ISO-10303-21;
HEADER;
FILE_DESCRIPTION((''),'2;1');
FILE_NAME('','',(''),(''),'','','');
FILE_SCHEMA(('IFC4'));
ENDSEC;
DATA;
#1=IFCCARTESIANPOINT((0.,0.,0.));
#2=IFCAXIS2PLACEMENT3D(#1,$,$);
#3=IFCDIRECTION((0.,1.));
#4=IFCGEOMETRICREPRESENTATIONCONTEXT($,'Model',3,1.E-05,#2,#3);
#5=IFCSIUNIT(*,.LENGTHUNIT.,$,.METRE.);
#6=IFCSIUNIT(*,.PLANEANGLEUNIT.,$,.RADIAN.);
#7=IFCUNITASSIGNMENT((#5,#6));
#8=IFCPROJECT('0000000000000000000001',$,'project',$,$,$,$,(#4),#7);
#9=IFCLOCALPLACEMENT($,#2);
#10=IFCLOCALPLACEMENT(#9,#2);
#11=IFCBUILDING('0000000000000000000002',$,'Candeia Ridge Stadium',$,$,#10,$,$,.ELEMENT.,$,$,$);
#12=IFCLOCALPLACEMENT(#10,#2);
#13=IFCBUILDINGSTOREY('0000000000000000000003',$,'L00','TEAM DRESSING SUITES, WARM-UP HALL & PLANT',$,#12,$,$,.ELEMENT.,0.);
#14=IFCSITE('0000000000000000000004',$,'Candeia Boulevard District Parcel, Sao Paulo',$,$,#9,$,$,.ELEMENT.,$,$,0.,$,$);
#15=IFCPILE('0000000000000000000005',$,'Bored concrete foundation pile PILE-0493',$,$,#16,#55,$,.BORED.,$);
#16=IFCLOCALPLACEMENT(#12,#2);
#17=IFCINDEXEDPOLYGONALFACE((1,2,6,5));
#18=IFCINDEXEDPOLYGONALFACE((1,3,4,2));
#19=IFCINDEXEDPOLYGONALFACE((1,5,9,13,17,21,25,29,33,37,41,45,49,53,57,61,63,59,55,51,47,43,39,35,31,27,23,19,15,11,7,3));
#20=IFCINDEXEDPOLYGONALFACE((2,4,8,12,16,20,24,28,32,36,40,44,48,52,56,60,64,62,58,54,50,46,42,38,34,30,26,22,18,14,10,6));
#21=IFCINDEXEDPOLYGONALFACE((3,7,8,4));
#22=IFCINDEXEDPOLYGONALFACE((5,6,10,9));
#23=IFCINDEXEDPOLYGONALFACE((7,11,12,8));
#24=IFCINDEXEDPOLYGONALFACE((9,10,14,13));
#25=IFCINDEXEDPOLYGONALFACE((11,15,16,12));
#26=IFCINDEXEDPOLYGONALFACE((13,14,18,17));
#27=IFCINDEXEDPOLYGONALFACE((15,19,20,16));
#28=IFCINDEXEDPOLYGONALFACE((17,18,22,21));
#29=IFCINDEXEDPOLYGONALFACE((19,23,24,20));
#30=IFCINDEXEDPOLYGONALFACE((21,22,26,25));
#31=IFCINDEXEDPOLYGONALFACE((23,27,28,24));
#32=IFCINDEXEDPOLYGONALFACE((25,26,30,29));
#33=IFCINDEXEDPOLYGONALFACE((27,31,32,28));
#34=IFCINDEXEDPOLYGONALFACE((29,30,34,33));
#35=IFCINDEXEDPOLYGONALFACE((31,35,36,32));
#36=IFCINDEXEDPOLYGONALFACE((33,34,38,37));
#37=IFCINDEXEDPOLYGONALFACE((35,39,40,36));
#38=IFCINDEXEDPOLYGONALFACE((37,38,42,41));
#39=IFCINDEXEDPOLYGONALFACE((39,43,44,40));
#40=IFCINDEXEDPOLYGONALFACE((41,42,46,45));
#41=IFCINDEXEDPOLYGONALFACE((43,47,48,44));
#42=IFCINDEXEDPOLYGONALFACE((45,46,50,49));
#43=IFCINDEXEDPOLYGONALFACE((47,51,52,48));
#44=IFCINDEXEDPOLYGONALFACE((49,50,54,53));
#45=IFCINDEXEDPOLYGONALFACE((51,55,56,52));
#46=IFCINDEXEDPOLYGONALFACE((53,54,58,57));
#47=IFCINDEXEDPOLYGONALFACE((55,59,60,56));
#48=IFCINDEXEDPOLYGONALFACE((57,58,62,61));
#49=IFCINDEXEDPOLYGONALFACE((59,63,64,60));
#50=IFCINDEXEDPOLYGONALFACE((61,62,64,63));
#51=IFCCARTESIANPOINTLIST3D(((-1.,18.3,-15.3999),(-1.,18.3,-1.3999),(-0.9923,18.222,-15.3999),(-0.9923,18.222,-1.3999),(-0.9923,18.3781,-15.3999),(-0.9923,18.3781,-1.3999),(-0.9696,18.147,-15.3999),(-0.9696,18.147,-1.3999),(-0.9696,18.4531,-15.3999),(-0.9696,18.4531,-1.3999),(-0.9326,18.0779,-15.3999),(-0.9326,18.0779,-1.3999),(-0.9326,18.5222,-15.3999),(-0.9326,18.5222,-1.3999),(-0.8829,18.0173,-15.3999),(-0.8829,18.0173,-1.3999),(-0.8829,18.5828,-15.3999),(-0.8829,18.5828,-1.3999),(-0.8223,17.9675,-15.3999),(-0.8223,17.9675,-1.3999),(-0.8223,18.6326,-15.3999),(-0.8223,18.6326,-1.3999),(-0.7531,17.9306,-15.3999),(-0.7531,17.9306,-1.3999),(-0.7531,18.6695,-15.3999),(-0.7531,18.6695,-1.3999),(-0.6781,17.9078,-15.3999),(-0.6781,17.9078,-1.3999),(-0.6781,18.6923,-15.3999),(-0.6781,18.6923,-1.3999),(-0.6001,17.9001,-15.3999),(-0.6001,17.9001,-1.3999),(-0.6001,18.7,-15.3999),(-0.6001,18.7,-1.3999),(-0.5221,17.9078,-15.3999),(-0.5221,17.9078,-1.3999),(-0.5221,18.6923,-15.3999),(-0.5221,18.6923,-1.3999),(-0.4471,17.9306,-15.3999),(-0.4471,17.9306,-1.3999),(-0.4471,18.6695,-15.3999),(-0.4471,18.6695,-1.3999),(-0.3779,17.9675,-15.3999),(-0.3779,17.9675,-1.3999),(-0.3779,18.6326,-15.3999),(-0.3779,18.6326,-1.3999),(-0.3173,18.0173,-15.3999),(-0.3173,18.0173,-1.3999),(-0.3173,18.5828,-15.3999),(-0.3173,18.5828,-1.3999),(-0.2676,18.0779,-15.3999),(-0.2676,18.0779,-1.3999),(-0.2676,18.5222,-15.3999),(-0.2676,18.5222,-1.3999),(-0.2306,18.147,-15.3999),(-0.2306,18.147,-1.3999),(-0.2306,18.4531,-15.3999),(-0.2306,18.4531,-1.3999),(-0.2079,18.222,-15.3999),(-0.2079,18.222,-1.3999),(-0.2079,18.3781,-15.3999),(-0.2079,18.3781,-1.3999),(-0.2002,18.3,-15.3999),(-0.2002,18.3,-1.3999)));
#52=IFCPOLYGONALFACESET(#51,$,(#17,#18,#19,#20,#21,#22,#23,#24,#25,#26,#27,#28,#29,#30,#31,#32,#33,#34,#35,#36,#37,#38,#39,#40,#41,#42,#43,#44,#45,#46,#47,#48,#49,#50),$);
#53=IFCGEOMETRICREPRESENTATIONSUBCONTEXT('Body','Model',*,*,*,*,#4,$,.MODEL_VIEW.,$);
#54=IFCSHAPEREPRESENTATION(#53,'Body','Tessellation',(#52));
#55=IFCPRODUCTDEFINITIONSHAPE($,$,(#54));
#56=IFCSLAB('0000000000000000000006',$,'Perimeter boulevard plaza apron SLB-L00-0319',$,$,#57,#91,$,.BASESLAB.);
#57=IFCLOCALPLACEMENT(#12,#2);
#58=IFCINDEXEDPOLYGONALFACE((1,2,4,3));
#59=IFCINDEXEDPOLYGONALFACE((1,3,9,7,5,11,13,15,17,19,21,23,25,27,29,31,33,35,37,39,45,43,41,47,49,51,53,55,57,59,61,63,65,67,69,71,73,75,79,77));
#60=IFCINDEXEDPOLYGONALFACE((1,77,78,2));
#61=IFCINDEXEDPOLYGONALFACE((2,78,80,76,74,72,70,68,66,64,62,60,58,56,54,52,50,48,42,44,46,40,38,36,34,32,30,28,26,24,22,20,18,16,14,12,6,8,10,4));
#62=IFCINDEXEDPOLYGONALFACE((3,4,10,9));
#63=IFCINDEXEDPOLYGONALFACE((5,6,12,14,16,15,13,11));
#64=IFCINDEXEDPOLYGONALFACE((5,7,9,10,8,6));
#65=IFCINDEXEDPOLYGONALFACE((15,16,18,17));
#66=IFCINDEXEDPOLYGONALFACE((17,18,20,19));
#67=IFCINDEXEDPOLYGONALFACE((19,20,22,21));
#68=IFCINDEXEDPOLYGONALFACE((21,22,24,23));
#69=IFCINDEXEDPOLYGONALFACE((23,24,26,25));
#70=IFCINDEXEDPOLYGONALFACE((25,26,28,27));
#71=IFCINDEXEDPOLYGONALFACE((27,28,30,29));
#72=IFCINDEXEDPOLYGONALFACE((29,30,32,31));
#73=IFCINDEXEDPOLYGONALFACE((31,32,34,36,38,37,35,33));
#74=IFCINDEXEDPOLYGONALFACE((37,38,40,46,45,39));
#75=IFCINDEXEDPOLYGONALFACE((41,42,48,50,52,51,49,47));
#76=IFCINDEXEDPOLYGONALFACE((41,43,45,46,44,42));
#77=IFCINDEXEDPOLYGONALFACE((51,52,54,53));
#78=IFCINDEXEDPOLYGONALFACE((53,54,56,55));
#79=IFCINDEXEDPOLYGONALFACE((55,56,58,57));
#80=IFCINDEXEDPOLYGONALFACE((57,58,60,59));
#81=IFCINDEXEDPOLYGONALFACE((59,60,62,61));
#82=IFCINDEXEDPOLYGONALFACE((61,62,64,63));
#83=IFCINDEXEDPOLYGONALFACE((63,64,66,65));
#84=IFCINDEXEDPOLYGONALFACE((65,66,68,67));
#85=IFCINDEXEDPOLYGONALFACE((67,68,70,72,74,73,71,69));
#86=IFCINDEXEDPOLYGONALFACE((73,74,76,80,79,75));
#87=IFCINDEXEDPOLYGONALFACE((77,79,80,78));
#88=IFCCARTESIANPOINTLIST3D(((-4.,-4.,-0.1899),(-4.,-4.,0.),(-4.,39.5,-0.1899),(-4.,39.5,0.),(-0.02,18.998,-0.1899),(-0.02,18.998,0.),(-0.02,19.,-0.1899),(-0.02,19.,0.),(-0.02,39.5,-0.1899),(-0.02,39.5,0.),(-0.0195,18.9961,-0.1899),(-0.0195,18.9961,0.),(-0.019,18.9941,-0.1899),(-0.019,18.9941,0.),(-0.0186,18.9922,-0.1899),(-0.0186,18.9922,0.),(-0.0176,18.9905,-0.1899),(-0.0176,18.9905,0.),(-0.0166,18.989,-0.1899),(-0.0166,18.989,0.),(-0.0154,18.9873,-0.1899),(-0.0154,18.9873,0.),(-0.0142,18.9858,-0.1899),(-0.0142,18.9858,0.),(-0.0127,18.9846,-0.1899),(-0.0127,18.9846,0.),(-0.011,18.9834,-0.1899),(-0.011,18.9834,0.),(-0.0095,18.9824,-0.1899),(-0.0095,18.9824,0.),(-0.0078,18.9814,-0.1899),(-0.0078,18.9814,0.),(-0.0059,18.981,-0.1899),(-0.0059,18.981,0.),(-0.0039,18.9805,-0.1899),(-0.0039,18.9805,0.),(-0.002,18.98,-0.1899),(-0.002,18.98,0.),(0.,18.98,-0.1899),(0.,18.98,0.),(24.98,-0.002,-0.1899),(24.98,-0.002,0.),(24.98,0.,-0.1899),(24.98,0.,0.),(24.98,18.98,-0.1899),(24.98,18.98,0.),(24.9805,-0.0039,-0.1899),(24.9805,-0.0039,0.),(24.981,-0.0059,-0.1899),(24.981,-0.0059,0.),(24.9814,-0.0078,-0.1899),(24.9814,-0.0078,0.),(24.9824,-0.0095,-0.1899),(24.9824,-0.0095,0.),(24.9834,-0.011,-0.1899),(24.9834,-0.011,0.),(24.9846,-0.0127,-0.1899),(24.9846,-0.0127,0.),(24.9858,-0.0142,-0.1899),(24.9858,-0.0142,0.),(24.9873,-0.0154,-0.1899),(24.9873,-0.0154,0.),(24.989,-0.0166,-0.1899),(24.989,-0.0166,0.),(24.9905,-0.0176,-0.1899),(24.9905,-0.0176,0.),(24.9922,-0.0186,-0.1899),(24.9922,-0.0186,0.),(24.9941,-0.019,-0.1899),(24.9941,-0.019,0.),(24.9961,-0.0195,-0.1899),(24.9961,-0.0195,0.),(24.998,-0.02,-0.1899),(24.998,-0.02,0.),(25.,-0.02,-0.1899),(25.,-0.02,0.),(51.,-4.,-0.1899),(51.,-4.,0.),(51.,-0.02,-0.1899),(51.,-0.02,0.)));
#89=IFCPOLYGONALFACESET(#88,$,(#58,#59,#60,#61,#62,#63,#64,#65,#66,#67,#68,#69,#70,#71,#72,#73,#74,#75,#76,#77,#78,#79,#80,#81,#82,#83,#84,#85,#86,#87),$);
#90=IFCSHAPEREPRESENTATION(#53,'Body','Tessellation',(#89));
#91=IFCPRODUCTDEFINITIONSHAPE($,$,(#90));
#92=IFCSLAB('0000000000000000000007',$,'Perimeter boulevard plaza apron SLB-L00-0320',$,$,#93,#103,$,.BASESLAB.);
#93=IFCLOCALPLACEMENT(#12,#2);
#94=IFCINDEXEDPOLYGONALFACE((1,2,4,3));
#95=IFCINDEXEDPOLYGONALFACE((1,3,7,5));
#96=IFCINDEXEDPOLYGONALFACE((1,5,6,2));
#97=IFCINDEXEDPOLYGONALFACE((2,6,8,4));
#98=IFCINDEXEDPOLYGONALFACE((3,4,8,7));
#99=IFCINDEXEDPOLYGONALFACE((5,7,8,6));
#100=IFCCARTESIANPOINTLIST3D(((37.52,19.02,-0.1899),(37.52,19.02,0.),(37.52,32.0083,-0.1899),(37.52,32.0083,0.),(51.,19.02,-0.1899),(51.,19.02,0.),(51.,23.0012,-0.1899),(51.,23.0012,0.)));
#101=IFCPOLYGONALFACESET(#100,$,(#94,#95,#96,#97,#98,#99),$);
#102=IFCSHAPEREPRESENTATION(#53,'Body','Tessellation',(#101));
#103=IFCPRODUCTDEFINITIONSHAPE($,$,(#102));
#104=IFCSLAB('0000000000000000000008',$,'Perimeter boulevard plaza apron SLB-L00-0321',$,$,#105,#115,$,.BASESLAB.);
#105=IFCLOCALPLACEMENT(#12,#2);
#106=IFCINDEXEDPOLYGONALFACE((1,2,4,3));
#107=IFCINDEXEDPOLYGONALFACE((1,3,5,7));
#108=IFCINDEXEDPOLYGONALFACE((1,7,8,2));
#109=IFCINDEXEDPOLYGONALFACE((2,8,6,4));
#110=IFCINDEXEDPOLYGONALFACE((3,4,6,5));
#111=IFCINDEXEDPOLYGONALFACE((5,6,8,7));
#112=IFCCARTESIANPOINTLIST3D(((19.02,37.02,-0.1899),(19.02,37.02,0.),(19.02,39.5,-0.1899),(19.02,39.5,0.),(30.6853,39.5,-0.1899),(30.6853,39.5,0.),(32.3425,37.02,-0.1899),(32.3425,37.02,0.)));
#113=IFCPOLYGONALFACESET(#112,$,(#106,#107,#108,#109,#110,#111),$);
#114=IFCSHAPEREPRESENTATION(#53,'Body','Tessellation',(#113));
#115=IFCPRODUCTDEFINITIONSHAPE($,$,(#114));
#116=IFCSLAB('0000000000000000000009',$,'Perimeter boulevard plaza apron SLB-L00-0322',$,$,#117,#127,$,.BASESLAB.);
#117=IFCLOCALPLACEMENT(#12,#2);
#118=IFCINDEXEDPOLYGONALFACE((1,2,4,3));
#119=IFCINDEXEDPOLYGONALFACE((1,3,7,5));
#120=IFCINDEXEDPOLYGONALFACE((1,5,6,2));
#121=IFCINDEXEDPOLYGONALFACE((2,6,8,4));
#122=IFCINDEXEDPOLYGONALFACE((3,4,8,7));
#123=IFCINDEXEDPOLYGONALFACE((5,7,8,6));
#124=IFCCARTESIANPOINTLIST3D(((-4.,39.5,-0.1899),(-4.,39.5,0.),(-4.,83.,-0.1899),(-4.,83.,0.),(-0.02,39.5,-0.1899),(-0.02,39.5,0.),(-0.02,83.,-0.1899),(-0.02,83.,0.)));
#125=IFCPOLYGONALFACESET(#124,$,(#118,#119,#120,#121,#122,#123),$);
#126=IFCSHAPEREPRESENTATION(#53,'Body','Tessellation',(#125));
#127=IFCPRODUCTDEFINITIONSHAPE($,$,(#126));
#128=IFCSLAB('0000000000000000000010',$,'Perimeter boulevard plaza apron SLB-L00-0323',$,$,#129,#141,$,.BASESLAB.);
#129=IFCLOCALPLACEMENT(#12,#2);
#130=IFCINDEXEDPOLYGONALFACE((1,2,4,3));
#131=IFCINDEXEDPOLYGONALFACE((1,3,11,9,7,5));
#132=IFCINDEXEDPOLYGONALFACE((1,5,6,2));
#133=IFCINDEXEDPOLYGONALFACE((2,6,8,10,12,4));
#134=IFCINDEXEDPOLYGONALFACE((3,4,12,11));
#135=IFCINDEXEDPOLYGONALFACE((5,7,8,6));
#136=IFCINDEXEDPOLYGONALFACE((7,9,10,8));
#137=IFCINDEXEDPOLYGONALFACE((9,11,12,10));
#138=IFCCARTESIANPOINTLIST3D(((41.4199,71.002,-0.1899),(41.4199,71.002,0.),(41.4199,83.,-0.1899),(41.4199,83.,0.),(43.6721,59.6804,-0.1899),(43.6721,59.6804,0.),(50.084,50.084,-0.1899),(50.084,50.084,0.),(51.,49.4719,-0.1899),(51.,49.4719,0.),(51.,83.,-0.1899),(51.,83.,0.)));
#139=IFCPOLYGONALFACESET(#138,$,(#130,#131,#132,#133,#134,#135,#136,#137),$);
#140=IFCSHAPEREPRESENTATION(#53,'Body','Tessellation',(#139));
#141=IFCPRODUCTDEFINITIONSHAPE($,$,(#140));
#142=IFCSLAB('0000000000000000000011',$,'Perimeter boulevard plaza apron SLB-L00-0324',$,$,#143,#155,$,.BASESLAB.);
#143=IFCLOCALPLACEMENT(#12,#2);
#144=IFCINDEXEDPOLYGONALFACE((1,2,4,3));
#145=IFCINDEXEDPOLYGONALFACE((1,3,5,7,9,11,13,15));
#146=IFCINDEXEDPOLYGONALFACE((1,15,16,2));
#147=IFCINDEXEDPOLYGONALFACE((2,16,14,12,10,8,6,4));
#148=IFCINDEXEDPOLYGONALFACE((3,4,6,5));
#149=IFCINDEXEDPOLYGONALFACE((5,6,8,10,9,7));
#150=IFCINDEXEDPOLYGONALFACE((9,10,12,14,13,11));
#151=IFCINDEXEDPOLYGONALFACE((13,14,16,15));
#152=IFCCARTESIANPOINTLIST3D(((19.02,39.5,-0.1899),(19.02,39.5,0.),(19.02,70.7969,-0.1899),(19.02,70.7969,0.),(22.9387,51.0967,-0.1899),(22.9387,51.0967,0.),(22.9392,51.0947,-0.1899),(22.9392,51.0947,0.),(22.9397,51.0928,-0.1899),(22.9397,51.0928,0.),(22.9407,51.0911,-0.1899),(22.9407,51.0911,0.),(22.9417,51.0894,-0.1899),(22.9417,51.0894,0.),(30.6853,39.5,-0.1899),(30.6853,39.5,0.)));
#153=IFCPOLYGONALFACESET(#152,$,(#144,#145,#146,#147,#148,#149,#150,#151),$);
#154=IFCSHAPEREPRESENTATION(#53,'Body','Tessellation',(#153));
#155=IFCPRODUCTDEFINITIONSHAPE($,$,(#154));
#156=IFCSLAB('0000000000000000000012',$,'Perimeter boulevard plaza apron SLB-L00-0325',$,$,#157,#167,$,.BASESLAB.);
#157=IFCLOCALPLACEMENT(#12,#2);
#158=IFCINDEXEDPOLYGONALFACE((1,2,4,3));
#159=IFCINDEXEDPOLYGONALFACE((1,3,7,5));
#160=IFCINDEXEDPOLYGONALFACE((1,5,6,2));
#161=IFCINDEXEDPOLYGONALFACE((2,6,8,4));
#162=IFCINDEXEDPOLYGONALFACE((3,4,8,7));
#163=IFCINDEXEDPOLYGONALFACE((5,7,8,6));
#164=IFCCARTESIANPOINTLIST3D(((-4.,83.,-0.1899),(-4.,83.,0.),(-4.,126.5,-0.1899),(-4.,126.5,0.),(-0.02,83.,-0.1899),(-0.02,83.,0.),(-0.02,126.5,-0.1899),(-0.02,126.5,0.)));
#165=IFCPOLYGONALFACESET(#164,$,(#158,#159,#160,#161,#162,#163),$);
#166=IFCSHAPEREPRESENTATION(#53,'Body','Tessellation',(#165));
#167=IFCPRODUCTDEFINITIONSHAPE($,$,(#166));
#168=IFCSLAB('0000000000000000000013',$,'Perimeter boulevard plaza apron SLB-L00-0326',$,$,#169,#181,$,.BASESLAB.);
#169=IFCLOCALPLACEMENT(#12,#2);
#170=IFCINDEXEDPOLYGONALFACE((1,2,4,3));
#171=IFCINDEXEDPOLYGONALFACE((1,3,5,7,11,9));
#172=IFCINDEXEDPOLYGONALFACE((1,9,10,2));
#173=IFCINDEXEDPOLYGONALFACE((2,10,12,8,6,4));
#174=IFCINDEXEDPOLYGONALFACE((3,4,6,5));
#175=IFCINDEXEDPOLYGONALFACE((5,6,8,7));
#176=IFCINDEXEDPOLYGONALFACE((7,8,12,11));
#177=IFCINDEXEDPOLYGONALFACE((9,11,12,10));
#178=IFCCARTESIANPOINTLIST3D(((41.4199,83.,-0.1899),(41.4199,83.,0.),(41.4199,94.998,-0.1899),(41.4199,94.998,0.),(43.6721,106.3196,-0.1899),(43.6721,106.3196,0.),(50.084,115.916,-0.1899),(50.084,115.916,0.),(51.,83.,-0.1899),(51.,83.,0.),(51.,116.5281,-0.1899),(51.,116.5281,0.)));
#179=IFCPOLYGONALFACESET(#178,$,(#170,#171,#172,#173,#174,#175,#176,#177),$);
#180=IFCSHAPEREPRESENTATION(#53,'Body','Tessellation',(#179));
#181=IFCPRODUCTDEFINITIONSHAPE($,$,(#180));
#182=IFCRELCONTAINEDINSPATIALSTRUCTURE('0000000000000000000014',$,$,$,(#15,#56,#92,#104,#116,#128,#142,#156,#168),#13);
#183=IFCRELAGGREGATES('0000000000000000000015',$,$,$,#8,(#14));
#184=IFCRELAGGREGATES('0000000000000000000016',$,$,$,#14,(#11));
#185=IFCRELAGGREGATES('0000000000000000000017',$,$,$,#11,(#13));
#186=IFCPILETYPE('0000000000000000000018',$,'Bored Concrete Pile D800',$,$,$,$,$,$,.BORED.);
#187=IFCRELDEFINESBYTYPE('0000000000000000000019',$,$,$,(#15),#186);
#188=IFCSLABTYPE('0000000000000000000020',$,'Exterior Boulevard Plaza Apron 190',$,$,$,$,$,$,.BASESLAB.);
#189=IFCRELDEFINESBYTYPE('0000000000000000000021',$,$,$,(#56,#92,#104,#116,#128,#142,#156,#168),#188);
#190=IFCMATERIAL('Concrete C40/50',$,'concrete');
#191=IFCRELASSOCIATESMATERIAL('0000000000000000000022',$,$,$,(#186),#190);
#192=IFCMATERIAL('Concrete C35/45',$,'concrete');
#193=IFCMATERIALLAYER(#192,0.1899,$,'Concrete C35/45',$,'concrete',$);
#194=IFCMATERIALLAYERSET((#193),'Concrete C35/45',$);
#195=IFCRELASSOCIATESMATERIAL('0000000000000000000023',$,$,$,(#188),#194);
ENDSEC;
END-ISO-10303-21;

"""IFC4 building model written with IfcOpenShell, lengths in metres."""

from ifc_helpers import new_model, si_unit, direction, frame, origin, origin_2d, place, context, subcontext, project, spatial, polyline, circle, outline, extrude, material, layer, layer_set, material_profile, profile_set, type_object, element, save


model = new_model("IFC4")

# Units and contexts
model_context = context("Model", 3, precision=1e-05, world=origin(), true_north=direction((0.0, 1.0)))
body_context = subcontext(model_context, "Body", "Model", "MODEL_VIEW")
ifc_project = project(units=[si_unit("LENGTHUNIT", "METRE"), si_unit("PLANEANGLEUNIT", "RADIAN")], contexts=[model_context])

# Site, building, storey
site_placement = place(None, origin())
site = spatial("IfcSite", under=ifc_project, at=site_placement, Name="Candeia Boulevard District Parcel, Sao Paulo", CompositionType="ELEMENT", RefElevation=0.0)
building_placement = place(site_placement, origin())
building = spatial("IfcBuilding", under=site, at=building_placement, Name="Candeia Ridge Stadium", CompositionType="ELEMENT")
storey_placement = place(building_placement, origin())
storey = spatial("IfcBuildingStorey", under=building, at=storey_placement, Name="L00", Description="TEAM DRESSING SUITES, WARM-UP HALL & PLANT", CompositionType="ELEMENT", Elevation=0.0)

# Pile
ifc_material_1 = material(Name="Concrete C40/50", Category="concrete")
ifc_material_profile = material_profile(ifc_material_1, circle(Radius=0.3999, at=origin_2d()), Name="PILE-D800", Category="concrete")
ifc_profile_set = profile_set([ifc_material_profile], Name="Concrete C40/50")
pile_type = type_object("IfcPileType", Name="Bored Concrete Pile D800", PredefinedType="BORED", material=ifc_profile_set)
pile_placement = place(storey_placement, frame((-0.6001, 18.3, -1.3999), z_axis=(0.0, 0.0, -1.0), x_axis=(1.0, 0.0, 0.0)))
element("IfcPile", 1, at=pile_placement, inside=storey, type_object=pile_type, Name="Bored concrete foundation pile PILE-0493", PredefinedType="BORED", context=body_context, shape_type="SweptSolid", body=[
    extrude(circle(Radius=0.3999, at=origin_2d()), origin(), (0.0, 0.0, 1.0), 14.0),
])

# Slabs
ifc_material_2 = material(Name="Concrete C35/45", Category="concrete")
ifc_layer_1 = layer(ifc_material_2, 0.1899, Name="Concrete C35/45", Category="concrete")
ifc_layer_set_1 = layer_set([ifc_layer_1], Name="Concrete C35/45")
slab_type_1 = type_object("IfcSlabType", Name="Exterior Boulevard Plaza Apron 190", PredefinedType="BASESLAB", material=ifc_layer_set_1)
slab_1_placement = place(storey_placement, frame((0.0, 0.0, -0.1899)))
element("IfcSlab", 2, at=slab_1_placement, inside=storey, type_object=slab_type_1, Name="Perimeter boulevard plaza apron SLB-L00-0319", PredefinedType="BASESLAB", context=body_context, shape_type="SweptSolid", body=[
    extrude(outline(polyline([(-4.0, 39.5), (-0.02, 39.5), (-0.02, 19.0), (-0.02, 18.998), (-0.0195, 18.9961), (-0.019, 18.9941), (-0.0186, 18.9922), (-0.0176, 18.9905), (-0.0166, 18.989), (-0.0154, 18.9873), (-0.0142, 18.9858), (-0.0127, 18.9846), (-0.011, 18.9834), (-0.0095, 18.9824), (-0.0078, 18.9814), (-0.0059, 18.981), (-0.0039, 18.9805), (-0.002, 18.98), (0.0, 18.98), (24.98, 18.98), (24.98, 0.0), (24.98, -0.002), (24.9805, -0.0039), (24.981, -0.0059), (24.9814, -0.0078), (24.9824, -0.0095), (24.9834, -0.011), (24.9846, -0.0127), (24.9858, -0.0142), (24.9873, -0.0154), (24.989, -0.0166), (24.9905, -0.0176), (24.9922, -0.0186), (24.9941, -0.019), (24.9961, -0.0195), (24.998, -0.02), (25.0, -0.02), (51.0, -0.02), (51.0, -4.0), (-4.0, -4.0), (-4.0, 39.5)])), origin(), (0.0, 0.0, 1.0), 0.1899),
])
slab_2_placement = place(storey_placement, frame((0.0, 0.0, -0.1899)))
element("IfcSlab", 3, at=slab_2_placement, inside=storey, type_object=slab_type_1, Name="Perimeter boulevard plaza apron SLB-L00-0320", PredefinedType="BASESLAB", context=body_context, shape_type="SweptSolid", body=[
    extrude(outline(polyline([(37.52, 19.02), (37.52, 32.0083), (51.0, 23.0012), (51.0, 19.02), (37.52, 19.02)])), origin(), (0.0, 0.0, 1.0), 0.1899),
])
slab_3_placement = place(storey_placement, frame((0.0, 0.0, -0.1899)))
element("IfcSlab", 4, at=slab_3_placement, inside=storey, type_object=slab_type_1, Name="Perimeter boulevard plaza apron SLB-L00-0321", PredefinedType="BASESLAB", context=body_context, shape_type="SweptSolid", body=[
    extrude(outline(polyline([(32.3425, 37.02), (19.02, 37.02), (19.02, 39.5), (30.6853, 39.5), (32.3425, 37.02)])), origin(), (0.0, 0.0, 1.0), 0.1899),
])
slab_4_placement = place(storey_placement, frame((0.0, 0.0, -0.1899)))
element("IfcSlab", 5, at=slab_4_placement, inside=storey, type_object=slab_type_1, Name="Perimeter boulevard plaza apron SLB-L00-0322", PredefinedType="BASESLAB", context=body_context, shape_type="SweptSolid", body=[
    extrude(outline(polyline([(-4.0, 83.0), (-0.02, 83.0), (-0.02, 39.5), (-4.0, 39.5), (-4.0, 83.0)])), origin(), (0.0, 0.0, 1.0), 0.1899),
])
slab_5_placement = place(storey_placement, frame((0.0, 0.0, -0.1899)))
element("IfcSlab", 6, at=slab_5_placement, inside=storey, type_object=slab_type_1, Name="Perimeter boulevard plaza apron SLB-L00-0323", PredefinedType="BASESLAB", context=body_context, shape_type="SweptSolid", body=[
    extrude(outline(polyline([(50.084, 50.084), (43.6721, 59.6804), (41.4199, 71.002), (41.4199, 83.0), (51.0, 83.0), (51.0, 49.4719), (50.084, 50.084)])), origin(), (0.0, 0.0, 1.0), 0.1899),
])
slab_6_placement = place(storey_placement, frame((0.0, 0.0, -0.1899)))
element("IfcSlab", 7, at=slab_6_placement, inside=storey, type_object=slab_type_1, Name="Perimeter boulevard plaza apron SLB-L00-0324", PredefinedType="BASESLAB", context=body_context, shape_type="SweptSolid", body=[
    extrude(outline(polyline([(22.9392, 51.0947), (22.9397, 51.0928), (22.9407, 51.0911), (22.9417, 51.0894), (30.6853, 39.5), (19.02, 39.5), (19.02, 70.7969), (22.9387, 51.0967), (22.9392, 51.0947)])), origin(), (0.0, 0.0, 1.0), 0.1899),
])
slab_7_placement = place(storey_placement, frame((0.0, 0.0, -0.1899)))
element("IfcSlab", 8, at=slab_7_placement, inside=storey, type_object=slab_type_1, Name="Perimeter boulevard plaza apron SLB-L00-0325", PredefinedType="BASESLAB", context=body_context, shape_type="SweptSolid", body=[
    extrude(outline(polyline([(-4.0, 126.5), (-0.02, 126.5), (-0.02, 83.0), (-4.0, 83.0), (-4.0, 126.5)])), origin(), (0.0, 0.0, 1.0), 0.1899),
])
slab_8_placement = place(storey_placement, frame((0.0, 0.0, -0.1899)))
element("IfcSlab", 9, at=slab_8_placement, inside=storey, type_object=slab_type_1, Name="Perimeter boulevard plaza apron SLB-L00-0326", PredefinedType="BASESLAB", context=body_context, shape_type="SweptSolid", body=[
    extrude(outline(polyline([(41.4199, 94.998), (43.6721, 106.3196), (50.084, 115.916), (51.0, 116.5281), (51.0, 83.0), (41.4199, 83.0), (41.4199, 94.998)])), origin(), (0.0, 0.0, 1.0), 0.1899),
])

save(model, "model.ifc")
